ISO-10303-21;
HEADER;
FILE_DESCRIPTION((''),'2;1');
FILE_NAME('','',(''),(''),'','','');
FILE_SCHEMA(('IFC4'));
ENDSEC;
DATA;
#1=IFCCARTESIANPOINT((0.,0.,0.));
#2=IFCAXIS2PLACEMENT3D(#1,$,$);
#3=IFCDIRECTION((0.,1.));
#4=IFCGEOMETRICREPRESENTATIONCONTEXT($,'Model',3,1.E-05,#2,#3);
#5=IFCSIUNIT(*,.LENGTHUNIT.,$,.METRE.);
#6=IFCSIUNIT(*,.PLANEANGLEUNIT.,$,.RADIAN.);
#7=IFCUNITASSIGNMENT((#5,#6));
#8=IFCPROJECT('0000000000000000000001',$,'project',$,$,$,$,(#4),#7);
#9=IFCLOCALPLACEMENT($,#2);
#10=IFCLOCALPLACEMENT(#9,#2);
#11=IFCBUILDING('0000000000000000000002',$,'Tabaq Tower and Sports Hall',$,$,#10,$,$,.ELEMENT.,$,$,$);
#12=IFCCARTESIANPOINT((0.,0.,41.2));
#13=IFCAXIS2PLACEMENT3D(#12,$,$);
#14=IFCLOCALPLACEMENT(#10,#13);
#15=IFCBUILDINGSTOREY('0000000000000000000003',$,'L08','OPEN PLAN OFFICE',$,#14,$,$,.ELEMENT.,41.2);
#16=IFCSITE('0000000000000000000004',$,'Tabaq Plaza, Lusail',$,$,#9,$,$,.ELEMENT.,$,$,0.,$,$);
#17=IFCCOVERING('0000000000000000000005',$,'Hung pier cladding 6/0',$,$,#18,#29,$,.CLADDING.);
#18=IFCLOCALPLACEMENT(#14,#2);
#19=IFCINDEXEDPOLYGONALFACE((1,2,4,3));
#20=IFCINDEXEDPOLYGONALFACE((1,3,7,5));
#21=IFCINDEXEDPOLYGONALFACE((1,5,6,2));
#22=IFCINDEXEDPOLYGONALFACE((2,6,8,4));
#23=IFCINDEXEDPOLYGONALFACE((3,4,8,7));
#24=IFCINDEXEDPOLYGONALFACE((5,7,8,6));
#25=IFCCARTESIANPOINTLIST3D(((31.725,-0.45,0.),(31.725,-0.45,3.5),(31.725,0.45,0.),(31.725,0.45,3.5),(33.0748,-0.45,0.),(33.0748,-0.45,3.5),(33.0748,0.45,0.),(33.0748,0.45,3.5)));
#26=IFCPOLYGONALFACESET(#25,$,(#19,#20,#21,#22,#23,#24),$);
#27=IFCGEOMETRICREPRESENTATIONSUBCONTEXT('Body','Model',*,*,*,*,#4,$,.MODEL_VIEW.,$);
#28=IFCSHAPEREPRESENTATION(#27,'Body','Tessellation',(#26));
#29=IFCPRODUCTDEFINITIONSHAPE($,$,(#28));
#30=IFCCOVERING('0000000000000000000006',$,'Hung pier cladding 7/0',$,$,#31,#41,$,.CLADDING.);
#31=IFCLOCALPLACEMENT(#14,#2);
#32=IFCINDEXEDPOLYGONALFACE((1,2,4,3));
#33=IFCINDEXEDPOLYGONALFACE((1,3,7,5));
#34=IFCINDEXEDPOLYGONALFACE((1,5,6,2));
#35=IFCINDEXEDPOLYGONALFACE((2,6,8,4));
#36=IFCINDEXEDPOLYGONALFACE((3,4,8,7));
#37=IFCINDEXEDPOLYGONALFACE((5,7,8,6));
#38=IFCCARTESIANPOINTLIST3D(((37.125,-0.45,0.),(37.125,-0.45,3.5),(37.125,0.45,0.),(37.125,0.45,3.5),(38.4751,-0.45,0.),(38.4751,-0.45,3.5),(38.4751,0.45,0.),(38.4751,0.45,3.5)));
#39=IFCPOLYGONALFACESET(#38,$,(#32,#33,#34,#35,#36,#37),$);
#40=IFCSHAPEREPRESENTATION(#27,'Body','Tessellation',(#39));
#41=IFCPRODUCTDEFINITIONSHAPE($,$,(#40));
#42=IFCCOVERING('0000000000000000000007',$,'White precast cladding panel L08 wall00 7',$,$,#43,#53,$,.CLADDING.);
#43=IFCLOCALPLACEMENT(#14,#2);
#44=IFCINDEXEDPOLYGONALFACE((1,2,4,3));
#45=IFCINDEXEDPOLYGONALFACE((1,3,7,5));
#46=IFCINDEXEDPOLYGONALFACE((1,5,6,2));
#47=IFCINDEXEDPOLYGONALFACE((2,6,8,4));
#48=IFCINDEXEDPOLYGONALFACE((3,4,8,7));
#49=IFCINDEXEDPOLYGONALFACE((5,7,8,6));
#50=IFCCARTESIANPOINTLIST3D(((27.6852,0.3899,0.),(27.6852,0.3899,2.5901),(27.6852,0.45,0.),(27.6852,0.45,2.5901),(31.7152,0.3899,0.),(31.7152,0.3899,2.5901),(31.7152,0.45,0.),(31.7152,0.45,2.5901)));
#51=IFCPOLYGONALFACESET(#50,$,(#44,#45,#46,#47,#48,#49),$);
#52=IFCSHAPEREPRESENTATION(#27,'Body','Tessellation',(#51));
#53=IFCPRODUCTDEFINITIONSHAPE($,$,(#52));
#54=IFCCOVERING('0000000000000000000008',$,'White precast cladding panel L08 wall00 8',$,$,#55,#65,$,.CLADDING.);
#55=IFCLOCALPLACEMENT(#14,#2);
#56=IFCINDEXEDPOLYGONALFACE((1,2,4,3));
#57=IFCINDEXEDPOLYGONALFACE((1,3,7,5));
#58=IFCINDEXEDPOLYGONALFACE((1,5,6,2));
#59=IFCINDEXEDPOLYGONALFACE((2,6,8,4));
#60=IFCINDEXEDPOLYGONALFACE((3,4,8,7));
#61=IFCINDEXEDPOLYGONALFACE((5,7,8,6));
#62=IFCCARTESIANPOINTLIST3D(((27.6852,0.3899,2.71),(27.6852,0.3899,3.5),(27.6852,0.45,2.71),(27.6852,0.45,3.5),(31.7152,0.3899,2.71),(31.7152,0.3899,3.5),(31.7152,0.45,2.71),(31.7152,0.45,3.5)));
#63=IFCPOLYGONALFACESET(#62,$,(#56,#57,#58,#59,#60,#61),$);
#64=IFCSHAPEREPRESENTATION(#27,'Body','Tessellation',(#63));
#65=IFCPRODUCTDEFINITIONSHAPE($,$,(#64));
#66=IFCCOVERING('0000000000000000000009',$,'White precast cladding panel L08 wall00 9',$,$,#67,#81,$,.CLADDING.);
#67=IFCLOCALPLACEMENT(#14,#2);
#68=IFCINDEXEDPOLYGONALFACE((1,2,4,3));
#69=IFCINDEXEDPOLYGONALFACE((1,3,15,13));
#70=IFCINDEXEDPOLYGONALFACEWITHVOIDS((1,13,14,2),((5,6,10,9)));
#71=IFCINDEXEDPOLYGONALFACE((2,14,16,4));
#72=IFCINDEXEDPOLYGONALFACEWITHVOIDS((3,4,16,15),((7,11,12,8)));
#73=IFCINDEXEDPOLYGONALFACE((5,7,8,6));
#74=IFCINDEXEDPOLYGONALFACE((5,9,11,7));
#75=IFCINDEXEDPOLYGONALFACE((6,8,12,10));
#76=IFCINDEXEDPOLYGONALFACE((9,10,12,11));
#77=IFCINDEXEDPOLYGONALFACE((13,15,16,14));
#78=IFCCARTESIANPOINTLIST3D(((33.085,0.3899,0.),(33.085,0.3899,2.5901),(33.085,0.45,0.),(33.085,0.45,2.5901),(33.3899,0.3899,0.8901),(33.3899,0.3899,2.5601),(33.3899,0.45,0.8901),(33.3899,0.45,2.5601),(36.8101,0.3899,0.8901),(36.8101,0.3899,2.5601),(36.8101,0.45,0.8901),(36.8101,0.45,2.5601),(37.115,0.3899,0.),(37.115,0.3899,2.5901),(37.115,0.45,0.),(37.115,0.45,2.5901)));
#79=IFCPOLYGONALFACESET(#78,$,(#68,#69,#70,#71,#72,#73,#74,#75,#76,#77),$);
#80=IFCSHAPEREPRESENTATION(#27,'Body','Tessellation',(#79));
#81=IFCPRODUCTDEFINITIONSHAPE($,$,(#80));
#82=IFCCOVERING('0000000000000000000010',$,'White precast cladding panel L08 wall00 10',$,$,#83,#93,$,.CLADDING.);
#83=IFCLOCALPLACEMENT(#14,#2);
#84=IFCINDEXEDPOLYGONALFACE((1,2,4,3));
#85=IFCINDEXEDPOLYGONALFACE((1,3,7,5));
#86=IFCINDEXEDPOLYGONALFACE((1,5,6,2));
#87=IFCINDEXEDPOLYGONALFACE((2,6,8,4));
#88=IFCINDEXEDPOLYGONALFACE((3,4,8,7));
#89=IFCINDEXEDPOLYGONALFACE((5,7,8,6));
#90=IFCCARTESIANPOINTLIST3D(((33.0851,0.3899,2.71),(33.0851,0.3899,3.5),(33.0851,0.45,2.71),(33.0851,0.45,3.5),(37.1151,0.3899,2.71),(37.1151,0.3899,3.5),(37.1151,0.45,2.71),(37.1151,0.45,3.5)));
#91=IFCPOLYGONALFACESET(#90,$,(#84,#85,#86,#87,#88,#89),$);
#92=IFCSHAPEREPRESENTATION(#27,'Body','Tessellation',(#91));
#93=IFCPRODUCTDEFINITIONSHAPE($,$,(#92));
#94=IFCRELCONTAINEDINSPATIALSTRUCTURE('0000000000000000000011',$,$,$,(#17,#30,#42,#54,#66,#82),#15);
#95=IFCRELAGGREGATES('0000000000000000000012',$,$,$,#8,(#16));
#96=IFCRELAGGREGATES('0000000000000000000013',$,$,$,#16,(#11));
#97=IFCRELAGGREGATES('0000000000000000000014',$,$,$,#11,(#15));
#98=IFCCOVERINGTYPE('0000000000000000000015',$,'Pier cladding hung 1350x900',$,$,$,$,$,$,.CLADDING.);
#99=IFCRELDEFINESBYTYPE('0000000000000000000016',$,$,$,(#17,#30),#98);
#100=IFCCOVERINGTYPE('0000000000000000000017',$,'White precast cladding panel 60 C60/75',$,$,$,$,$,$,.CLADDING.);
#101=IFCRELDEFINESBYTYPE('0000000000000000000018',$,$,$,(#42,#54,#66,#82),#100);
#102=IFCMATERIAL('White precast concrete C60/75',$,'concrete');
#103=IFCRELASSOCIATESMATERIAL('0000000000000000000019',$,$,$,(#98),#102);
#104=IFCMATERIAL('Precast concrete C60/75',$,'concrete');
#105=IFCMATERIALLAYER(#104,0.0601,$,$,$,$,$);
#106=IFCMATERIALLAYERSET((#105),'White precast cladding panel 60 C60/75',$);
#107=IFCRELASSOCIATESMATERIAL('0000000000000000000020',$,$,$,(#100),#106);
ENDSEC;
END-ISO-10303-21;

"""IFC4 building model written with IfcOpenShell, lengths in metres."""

from ifc_helpers import new_model, si_unit, direction, frame, frame_2d, origin, place, context, subcontext, project, spatial, polyline, rectangle, outline, extrude, material, layer, layer_set, type_object, element, save


model = new_model("IFC4")

# Units and contexts
model_context = context("Model", 3, precision=1e-05, world=origin(), true_north=direction((0.0, 1.0)))
body_context = subcontext(model_context, "Body", "Model", "MODEL_VIEW")
ifc_project = project(units=[si_unit("LENGTHUNIT", "METRE"), si_unit("PLANEANGLEUNIT", "RADIAN")], contexts=[model_context])

# Site, building, storey
site_placement = place(None, origin())
site = spatial("IfcSite", under=ifc_project, at=site_placement, Name="Tabaq Plaza, Lusail", CompositionType="ELEMENT", RefElevation=0.0)
building_placement = place(site_placement, origin())
building = spatial("IfcBuilding", under=site, at=building_placement, Name="Tabaq Tower and Sports Hall", CompositionType="ELEMENT")
storey_placement = place(building_placement, frame((0.0, 0.0, 41.2)))
storey = spatial("IfcBuildingStorey", under=building, at=storey_placement, Name="L08", Description="OPEN PLAN OFFICE", CompositionType="ELEMENT", Elevation=41.2)

# Coverings
ifc_material_1 = material(Name="White precast concrete C60/75", Category="concrete")
covering_type_1 = type_object("IfcCoveringType", Name="Pier cladding hung 1350x900", PredefinedType="CLADDING", material=ifc_material_1)
covering_1_placement = place(storey_placement, frame((31.7251, 0.0, 0.0), z_axis=(0.0, 0.0, 1.0), x_axis=(1.0, 0.0, 0.0)))
element("IfcCovering", 1, at=covering_1_placement, inside=storey, type_object=covering_type_1, Name="Hung pier cladding 6/0", PredefinedType="CLADDING", context=body_context, shape_type="SweptSolid", body=[
    extrude(rectangle(XDim=1.3499, YDim=0.8999, at=frame_2d((0.6748, 0.0))), origin(), (0.0, 0.0, 1.0), 3.5),
])
covering_2_placement = place(storey_placement, frame((37.125, 0.0, 0.0), z_axis=(0.0, 0.0, 1.0), x_axis=(1.0, 0.0, 0.0)))
element("IfcCovering", 2, at=covering_2_placement, inside=storey, type_object=covering_type_1, Name="Hung pier cladding 7/0", PredefinedType="CLADDING", context=body_context, shape_type="SweptSolid", body=[
    extrude(rectangle(XDim=1.3501, YDim=0.8999, at=frame_2d((0.675, 0.0))), origin(), (0.0, 0.0, 1.0), 3.5),
])
ifc_material_2 = material(Name="Precast concrete C60/75", Category="concrete")
ifc_layer_1 = layer(ifc_material_2, 0.0601)
ifc_layer_set_1 = layer_set([ifc_layer_1], Name="White precast cladding panel 60 C60/75")
covering_type_2 = type_object("IfcCoveringType", Name="White precast cladding panel 60 C60/75", PredefinedType="CLADDING", material=ifc_layer_set_1)
covering_3_placement = place(storey_placement, frame((27.6851, 0.4199, 0.0), z_axis=(0.0, 0.0, 1.0), x_axis=(1.0, 0.0, 0.0)))
element("IfcCovering", 3, at=covering_3_placement, inside=storey, type_object=covering_type_2, Name="White precast cladding panel L08 wall00 7", PredefinedType="CLADDING", context=body_context, shape_type="SweptSolid", body=[
    extrude(rectangle(XDim=4.03, YDim=0.0601, at=frame_2d((2.0151, 0.0))), origin(), (0.0, 0.0, 1.0), 2.5901),
])
covering_4_placement = place(storey_placement, frame((27.6851, 0.4199, 2.71), z_axis=(0.0, 0.0, 1.0), x_axis=(1.0, 0.0, 0.0)))
element("IfcCovering", 4, at=covering_4_placement, inside=storey, type_object=covering_type_2, Name="White precast cladding panel L08 wall00 8", PredefinedType="CLADDING", context=body_context, shape_type="SweptSolid", body=[
    extrude(rectangle(XDim=4.03, YDim=0.0601, at=frame_2d((2.0151, 0.0))), origin(), (0.0, 0.0, 1.0), 0.79),
])
covering_5_placement = place(storey_placement, frame((33.085, 0.4199, 0.0), z_axis=(0.0, 0.0, 1.0), x_axis=(1.0, 0.0, 0.0)))
element("IfcCovering", 5, at=covering_5_placement, inside=storey, type_object=covering_type_2, Name="White precast cladding panel L08 wall00 9", PredefinedType="CLADDING", context=body_context, shape_type="SweptSolid", body=[
    extrude(outline(polyline([(0.0, 0.0), (4.03, 0.0), (4.03, 2.5901), (0.0, 2.5901), (0.0, 0.0)]), holes=[polyline([(3.7251, 0.8901), (0.3049, 0.8901), (0.3049, 2.5601), (3.7251, 2.5601), (3.7251, 0.8901)])]), frame((0.0, 0.03, 0.0), z_axis=(0.0, -1.0, 0.0), x_axis=(1.0, 0.0, 0.0)), (0.0, 0.0, 1.0), 0.0601),
])
covering_6_placement = place(storey_placement, frame((33.085, 0.4199, 2.71), z_axis=(0.0, 0.0, 1.0), x_axis=(1.0, 0.0, 0.0)))
element("IfcCovering", 6, at=covering_6_placement, inside=storey, type_object=covering_type_2, Name="White precast cladding panel L08 wall00 10", PredefinedType="CLADDING", context=body_context, shape_type="SweptSolid", body=[
    extrude(rectangle(XDim=4.03, YDim=0.0601, at=frame_2d((2.0151, 0.0))), origin(), (0.0, 0.0, 1.0), 0.79),
])

save(model, "model.ifc")
